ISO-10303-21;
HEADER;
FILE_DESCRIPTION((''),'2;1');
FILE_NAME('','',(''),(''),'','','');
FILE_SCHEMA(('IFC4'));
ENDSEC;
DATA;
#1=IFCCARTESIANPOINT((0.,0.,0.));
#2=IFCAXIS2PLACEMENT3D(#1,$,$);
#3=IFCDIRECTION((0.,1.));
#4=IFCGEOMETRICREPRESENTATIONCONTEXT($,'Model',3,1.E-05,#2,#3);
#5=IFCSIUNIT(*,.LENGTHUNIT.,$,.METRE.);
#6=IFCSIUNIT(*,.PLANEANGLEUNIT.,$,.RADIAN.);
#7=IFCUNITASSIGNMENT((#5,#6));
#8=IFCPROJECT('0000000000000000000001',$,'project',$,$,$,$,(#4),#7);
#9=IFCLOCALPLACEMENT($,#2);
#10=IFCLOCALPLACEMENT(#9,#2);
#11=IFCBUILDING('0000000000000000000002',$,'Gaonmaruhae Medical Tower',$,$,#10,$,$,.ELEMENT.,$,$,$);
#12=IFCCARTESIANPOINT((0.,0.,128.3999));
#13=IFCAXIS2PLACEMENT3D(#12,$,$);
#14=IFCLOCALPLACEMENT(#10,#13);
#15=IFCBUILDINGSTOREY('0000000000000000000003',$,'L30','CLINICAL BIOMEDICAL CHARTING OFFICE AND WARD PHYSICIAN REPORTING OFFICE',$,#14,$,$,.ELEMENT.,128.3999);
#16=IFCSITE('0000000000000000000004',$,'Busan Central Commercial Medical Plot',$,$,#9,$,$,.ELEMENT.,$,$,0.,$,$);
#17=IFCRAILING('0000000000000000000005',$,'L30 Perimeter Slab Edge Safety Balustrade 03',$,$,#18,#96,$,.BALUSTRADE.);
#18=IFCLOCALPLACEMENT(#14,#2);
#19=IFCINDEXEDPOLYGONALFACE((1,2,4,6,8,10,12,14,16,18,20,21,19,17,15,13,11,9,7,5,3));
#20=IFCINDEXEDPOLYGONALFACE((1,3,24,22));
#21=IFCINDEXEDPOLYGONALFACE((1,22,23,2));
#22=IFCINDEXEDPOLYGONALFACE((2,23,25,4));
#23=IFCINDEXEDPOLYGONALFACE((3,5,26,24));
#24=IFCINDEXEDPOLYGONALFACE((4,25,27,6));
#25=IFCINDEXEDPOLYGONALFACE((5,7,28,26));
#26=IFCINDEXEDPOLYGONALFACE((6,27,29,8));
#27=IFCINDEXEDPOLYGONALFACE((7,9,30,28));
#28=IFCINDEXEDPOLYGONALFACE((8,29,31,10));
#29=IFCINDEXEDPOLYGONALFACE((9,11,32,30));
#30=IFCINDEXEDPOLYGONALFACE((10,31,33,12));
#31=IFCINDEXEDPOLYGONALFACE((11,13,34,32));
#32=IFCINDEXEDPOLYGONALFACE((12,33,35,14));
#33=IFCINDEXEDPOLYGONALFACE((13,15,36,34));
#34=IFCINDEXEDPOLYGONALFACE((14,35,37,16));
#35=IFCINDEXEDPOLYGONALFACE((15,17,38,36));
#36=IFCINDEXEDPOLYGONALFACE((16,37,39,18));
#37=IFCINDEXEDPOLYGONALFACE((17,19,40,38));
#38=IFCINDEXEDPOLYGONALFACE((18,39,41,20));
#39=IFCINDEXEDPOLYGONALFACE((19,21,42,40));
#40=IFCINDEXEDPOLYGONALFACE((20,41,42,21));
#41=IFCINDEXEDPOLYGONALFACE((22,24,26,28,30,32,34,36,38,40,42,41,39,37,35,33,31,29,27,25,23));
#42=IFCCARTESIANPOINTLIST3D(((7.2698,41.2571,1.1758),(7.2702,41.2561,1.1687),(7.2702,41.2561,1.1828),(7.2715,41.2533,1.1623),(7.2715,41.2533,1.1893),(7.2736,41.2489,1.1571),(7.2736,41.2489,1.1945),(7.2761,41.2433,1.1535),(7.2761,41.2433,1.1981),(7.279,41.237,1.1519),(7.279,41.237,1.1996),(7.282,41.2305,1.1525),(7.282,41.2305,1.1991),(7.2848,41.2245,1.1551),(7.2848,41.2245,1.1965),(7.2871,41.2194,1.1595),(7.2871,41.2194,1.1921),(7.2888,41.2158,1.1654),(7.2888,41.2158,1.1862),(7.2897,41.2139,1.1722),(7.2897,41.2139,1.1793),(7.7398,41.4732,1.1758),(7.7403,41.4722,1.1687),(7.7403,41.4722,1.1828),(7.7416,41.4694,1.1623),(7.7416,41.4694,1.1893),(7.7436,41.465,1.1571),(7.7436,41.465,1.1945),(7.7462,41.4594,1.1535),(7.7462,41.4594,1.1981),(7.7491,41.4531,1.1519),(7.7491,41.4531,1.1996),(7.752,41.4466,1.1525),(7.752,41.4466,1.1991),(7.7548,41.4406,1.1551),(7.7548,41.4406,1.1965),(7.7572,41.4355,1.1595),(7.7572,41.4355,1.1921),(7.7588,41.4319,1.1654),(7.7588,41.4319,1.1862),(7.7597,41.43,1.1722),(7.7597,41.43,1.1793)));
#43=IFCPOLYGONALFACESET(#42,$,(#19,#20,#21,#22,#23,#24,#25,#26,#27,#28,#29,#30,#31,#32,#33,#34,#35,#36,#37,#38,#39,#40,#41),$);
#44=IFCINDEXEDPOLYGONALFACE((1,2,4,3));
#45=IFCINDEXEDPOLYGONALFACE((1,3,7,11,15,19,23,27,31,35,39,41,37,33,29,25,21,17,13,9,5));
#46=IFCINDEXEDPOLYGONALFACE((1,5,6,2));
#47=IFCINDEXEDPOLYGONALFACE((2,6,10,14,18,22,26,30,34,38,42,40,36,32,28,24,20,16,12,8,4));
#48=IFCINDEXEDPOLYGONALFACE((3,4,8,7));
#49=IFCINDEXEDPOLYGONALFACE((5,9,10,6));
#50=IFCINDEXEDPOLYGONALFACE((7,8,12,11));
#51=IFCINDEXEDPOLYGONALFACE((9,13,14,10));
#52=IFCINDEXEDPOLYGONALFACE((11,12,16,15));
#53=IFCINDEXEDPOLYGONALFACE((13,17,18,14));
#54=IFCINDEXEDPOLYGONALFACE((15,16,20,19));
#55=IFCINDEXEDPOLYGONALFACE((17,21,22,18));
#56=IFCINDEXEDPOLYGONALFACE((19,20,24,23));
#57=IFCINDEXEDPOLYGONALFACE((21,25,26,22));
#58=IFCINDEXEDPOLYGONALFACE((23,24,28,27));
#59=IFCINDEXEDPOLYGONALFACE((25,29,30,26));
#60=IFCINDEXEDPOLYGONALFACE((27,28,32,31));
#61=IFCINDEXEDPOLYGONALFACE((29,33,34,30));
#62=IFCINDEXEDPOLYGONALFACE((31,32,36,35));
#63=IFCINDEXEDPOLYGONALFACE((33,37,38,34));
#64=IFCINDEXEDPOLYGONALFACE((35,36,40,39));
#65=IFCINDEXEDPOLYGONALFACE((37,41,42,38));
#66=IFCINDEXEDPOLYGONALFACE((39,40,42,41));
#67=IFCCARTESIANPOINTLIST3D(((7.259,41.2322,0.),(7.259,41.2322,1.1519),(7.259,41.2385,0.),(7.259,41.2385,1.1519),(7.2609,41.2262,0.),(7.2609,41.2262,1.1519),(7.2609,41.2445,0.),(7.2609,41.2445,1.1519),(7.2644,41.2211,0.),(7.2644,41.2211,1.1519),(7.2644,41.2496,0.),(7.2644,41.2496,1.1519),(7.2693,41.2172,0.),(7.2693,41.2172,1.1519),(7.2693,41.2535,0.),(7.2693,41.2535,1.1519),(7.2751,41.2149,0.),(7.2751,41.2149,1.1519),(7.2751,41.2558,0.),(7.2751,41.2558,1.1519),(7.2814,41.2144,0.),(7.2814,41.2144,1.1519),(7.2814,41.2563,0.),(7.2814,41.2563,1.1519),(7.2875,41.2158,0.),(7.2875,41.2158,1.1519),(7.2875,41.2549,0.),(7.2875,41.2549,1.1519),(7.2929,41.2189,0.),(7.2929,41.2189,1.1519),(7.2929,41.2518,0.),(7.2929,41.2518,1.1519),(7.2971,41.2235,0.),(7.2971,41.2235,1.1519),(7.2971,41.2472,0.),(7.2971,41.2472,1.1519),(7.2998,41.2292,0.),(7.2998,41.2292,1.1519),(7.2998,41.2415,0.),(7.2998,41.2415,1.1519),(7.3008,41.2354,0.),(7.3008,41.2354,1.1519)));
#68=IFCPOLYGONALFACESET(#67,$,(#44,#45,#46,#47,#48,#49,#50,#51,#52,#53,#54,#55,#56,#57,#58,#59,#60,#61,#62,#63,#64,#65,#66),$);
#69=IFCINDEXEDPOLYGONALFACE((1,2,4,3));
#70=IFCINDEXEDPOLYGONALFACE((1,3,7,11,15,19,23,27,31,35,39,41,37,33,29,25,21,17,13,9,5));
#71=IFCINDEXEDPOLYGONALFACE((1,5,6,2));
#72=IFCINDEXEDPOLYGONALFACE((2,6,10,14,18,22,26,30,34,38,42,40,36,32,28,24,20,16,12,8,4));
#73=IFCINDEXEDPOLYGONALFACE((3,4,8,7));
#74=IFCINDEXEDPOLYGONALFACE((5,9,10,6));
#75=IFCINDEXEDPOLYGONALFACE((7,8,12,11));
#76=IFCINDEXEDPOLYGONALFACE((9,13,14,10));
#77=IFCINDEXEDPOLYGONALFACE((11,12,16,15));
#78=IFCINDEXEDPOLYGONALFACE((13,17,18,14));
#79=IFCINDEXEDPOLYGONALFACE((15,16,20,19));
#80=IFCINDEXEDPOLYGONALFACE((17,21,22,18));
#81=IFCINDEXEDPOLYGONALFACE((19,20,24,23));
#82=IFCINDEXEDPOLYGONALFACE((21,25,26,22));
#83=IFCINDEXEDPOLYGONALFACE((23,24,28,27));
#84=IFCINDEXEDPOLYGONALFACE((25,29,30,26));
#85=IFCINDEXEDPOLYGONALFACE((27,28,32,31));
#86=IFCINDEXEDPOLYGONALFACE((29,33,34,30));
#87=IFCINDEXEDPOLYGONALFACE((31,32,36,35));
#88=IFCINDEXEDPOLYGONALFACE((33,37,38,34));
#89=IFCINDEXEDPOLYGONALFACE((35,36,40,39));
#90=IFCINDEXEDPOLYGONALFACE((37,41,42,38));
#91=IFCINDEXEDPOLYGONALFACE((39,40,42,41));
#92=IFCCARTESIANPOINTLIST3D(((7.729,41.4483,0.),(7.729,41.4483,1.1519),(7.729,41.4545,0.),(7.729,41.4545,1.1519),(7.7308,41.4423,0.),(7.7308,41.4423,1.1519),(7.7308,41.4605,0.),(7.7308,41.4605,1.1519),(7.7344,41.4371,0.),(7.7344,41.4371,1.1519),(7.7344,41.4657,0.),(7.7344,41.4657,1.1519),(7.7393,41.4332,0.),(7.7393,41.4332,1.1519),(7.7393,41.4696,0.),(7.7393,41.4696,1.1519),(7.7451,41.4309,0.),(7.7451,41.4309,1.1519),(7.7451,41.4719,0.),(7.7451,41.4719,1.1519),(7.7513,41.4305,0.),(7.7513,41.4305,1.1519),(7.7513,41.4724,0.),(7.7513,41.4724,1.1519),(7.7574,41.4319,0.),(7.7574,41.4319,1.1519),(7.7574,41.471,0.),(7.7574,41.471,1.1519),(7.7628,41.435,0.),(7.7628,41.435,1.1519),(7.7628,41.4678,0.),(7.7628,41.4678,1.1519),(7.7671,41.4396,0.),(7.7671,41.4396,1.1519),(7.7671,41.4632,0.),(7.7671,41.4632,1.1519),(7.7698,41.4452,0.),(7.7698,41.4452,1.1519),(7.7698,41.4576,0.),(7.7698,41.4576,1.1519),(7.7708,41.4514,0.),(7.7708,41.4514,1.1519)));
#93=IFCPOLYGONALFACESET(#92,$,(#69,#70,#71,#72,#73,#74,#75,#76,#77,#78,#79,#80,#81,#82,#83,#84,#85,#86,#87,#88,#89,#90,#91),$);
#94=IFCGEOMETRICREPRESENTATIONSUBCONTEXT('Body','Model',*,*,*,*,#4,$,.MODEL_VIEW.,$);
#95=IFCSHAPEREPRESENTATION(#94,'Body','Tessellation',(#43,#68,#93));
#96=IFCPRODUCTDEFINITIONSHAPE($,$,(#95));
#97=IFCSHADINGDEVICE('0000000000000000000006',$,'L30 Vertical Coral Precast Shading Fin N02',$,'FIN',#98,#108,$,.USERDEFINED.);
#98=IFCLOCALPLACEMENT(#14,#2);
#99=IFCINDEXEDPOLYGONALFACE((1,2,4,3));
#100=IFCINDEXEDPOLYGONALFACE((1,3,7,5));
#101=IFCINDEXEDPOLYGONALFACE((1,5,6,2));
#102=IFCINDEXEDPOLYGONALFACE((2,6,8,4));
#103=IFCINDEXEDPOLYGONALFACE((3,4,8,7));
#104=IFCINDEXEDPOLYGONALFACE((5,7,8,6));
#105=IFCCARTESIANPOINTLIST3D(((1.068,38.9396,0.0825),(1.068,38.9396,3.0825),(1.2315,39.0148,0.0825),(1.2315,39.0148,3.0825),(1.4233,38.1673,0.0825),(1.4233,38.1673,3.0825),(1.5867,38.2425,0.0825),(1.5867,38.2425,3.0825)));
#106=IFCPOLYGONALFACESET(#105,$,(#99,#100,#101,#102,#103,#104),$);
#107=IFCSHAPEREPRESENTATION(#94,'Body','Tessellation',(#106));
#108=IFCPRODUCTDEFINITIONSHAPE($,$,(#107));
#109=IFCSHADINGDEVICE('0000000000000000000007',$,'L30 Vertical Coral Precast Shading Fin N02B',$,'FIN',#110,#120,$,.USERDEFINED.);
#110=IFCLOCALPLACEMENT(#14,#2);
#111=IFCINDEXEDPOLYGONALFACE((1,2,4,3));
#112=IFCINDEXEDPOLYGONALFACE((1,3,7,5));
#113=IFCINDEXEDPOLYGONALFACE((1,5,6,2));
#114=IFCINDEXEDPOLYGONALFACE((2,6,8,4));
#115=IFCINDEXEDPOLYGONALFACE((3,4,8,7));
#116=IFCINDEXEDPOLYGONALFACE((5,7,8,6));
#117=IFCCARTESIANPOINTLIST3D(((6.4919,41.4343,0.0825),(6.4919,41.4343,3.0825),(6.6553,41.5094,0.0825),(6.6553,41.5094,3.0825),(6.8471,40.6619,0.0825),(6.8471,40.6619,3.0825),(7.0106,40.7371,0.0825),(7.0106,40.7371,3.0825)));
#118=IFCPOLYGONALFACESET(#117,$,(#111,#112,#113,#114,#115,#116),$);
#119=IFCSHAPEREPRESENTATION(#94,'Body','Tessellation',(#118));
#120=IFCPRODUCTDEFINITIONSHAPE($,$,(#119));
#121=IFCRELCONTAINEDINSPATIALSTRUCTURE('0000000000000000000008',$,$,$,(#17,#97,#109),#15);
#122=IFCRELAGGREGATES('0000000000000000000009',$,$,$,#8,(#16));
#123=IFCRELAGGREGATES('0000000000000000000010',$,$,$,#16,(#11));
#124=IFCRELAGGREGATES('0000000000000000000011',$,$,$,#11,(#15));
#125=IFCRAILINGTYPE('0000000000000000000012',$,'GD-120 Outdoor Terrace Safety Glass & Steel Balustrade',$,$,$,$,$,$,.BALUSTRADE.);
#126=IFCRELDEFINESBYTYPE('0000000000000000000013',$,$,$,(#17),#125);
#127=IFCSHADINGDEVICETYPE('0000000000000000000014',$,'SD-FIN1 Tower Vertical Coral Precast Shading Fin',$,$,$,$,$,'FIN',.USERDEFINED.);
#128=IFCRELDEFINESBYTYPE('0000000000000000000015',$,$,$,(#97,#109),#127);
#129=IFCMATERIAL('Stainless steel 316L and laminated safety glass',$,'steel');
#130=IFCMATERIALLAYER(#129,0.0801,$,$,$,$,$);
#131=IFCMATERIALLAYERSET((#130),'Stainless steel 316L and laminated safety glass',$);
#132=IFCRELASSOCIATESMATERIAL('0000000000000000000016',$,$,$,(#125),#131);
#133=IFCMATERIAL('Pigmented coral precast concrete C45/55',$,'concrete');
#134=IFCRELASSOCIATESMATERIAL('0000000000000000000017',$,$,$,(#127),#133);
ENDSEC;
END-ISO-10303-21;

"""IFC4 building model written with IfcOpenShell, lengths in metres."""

from ifc_helpers import new_model, si_unit, direction, frame, origin, origin_2d, place, context, subcontext, project, spatial, rectangle, circle, extrude, material, layer, layer_set, type_object, element, save


model = new_model("IFC4")

# Units and contexts
model_context = context("Model", 3, precision=1e-05, world=origin(), true_north=direction((0.0, 1.0)))
body_context = subcontext(model_context, "Body", "Model", "MODEL_VIEW")
ifc_project = project(units=[si_unit("LENGTHUNIT", "METRE"), si_unit("PLANEANGLEUNIT", "RADIAN")], contexts=[model_context])

# Site, building, storey
site_placement = place(None, origin())
site = spatial("IfcSite", under=ifc_project, at=site_placement, Name="Busan Central Commercial Medical Plot", CompositionType="ELEMENT", RefElevation=0.0)
building_placement = place(site_placement, origin())
building = spatial("IfcBuilding", under=site, at=building_placement, Name="Gaonmaruhae Medical Tower", CompositionType="ELEMENT")
storey_placement = place(building_placement, frame((0.0, 0.0, 128.3999)))
storey = spatial("IfcBuildingStorey", under=building, at=storey_placement, Name="L30", Description="CLINICAL BIOMEDICAL CHARTING OFFICE AND WARD PHYSICIAN REPORTING OFFICE", CompositionType="ELEMENT", Elevation=128.3999)

# Railing
ifc_material_1 = material(Name="Stainless steel 316L and laminated safety glass", Category="steel")
ifc_layer_1 = layer(ifc_material_1, 0.0801)
ifc_layer_set_1 = layer_set([ifc_layer_1], Name="Stainless steel 316L and laminated safety glass")
railing_type = type_object("IfcRailingType", Name="GD-120 Outdoor Terrace Safety Glass & Steel Balustrade", PredefinedType="BALUSTRADE", material=ifc_layer_set_1)
railing_placement = place(storey_placement, frame((7.2798, 41.2354, 0.0)))
element("IfcRailing", 1, at=railing_placement, inside=storey, type_object=railing_type, Name="L30 Perimeter Slab Edge Safety Balustrade 03", PredefinedType="BALUSTRADE", context=body_context, shape_type="SweptSolid", body=[
    extrude(circle(Radius=0.0239, at=origin_2d()), frame((0.0, 0.0, 1.1758), z_axis=(0.90858, 0.417711, 0.0), x_axis=(-0.417711, 0.90858, 0.0)), (0.0, 0.0, 1.0), 0.5173),
    extrude(circle(Radius=0.021, at=origin_2d()), origin(), (0.0, 0.0, 1.0), 1.1519),
    extrude(circle(Radius=0.021, at=origin_2d()), frame((0.47, 0.2161, 0.0)), (0.0, 0.0, 1.0), 1.1519),
])

# Shading devices
ifc_material_2 = material(Name="Pigmented coral precast concrete C45/55", Category="concrete")
shading_device_type = type_object("IfcShadingDeviceType", Name="SD-FIN1 Tower Vertical Coral Precast Shading Fin", ElementType="FIN", PredefinedType="USERDEFINED", material=ifc_material_2)
for number, where, z_axis, x_axis, name in (
    (2, (1.3274, 38.5911, 0.0825), (0.0, 0.0, 1.0), (0.908508, 0.417867, 0.0), "L30 Vertical Coral Precast Shading Fin N02"),
    (3, (6.7512, 41.0857, 0.0825), (0.0, 0.0, 1.0), (0.908508, 0.417867, 0.0), "L30 Vertical Coral Precast Shading Fin N02B"),
):
    element("IfcShadingDevice", number, at=place(storey_placement, frame(where, z_axis=z_axis, x_axis=x_axis)), inside=storey, type_object=shading_device_type, Name=name, ObjectType="FIN", PredefinedType="USERDEFINED", context=body_context, shape_type="SweptSolid", body=[
        extrude(rectangle(XDim=0.1799, YDim=0.8501, at=origin_2d()), origin(), (0.0, 0.0, 1.0), 3.0),
    ])

save(model, "model.ifc")
